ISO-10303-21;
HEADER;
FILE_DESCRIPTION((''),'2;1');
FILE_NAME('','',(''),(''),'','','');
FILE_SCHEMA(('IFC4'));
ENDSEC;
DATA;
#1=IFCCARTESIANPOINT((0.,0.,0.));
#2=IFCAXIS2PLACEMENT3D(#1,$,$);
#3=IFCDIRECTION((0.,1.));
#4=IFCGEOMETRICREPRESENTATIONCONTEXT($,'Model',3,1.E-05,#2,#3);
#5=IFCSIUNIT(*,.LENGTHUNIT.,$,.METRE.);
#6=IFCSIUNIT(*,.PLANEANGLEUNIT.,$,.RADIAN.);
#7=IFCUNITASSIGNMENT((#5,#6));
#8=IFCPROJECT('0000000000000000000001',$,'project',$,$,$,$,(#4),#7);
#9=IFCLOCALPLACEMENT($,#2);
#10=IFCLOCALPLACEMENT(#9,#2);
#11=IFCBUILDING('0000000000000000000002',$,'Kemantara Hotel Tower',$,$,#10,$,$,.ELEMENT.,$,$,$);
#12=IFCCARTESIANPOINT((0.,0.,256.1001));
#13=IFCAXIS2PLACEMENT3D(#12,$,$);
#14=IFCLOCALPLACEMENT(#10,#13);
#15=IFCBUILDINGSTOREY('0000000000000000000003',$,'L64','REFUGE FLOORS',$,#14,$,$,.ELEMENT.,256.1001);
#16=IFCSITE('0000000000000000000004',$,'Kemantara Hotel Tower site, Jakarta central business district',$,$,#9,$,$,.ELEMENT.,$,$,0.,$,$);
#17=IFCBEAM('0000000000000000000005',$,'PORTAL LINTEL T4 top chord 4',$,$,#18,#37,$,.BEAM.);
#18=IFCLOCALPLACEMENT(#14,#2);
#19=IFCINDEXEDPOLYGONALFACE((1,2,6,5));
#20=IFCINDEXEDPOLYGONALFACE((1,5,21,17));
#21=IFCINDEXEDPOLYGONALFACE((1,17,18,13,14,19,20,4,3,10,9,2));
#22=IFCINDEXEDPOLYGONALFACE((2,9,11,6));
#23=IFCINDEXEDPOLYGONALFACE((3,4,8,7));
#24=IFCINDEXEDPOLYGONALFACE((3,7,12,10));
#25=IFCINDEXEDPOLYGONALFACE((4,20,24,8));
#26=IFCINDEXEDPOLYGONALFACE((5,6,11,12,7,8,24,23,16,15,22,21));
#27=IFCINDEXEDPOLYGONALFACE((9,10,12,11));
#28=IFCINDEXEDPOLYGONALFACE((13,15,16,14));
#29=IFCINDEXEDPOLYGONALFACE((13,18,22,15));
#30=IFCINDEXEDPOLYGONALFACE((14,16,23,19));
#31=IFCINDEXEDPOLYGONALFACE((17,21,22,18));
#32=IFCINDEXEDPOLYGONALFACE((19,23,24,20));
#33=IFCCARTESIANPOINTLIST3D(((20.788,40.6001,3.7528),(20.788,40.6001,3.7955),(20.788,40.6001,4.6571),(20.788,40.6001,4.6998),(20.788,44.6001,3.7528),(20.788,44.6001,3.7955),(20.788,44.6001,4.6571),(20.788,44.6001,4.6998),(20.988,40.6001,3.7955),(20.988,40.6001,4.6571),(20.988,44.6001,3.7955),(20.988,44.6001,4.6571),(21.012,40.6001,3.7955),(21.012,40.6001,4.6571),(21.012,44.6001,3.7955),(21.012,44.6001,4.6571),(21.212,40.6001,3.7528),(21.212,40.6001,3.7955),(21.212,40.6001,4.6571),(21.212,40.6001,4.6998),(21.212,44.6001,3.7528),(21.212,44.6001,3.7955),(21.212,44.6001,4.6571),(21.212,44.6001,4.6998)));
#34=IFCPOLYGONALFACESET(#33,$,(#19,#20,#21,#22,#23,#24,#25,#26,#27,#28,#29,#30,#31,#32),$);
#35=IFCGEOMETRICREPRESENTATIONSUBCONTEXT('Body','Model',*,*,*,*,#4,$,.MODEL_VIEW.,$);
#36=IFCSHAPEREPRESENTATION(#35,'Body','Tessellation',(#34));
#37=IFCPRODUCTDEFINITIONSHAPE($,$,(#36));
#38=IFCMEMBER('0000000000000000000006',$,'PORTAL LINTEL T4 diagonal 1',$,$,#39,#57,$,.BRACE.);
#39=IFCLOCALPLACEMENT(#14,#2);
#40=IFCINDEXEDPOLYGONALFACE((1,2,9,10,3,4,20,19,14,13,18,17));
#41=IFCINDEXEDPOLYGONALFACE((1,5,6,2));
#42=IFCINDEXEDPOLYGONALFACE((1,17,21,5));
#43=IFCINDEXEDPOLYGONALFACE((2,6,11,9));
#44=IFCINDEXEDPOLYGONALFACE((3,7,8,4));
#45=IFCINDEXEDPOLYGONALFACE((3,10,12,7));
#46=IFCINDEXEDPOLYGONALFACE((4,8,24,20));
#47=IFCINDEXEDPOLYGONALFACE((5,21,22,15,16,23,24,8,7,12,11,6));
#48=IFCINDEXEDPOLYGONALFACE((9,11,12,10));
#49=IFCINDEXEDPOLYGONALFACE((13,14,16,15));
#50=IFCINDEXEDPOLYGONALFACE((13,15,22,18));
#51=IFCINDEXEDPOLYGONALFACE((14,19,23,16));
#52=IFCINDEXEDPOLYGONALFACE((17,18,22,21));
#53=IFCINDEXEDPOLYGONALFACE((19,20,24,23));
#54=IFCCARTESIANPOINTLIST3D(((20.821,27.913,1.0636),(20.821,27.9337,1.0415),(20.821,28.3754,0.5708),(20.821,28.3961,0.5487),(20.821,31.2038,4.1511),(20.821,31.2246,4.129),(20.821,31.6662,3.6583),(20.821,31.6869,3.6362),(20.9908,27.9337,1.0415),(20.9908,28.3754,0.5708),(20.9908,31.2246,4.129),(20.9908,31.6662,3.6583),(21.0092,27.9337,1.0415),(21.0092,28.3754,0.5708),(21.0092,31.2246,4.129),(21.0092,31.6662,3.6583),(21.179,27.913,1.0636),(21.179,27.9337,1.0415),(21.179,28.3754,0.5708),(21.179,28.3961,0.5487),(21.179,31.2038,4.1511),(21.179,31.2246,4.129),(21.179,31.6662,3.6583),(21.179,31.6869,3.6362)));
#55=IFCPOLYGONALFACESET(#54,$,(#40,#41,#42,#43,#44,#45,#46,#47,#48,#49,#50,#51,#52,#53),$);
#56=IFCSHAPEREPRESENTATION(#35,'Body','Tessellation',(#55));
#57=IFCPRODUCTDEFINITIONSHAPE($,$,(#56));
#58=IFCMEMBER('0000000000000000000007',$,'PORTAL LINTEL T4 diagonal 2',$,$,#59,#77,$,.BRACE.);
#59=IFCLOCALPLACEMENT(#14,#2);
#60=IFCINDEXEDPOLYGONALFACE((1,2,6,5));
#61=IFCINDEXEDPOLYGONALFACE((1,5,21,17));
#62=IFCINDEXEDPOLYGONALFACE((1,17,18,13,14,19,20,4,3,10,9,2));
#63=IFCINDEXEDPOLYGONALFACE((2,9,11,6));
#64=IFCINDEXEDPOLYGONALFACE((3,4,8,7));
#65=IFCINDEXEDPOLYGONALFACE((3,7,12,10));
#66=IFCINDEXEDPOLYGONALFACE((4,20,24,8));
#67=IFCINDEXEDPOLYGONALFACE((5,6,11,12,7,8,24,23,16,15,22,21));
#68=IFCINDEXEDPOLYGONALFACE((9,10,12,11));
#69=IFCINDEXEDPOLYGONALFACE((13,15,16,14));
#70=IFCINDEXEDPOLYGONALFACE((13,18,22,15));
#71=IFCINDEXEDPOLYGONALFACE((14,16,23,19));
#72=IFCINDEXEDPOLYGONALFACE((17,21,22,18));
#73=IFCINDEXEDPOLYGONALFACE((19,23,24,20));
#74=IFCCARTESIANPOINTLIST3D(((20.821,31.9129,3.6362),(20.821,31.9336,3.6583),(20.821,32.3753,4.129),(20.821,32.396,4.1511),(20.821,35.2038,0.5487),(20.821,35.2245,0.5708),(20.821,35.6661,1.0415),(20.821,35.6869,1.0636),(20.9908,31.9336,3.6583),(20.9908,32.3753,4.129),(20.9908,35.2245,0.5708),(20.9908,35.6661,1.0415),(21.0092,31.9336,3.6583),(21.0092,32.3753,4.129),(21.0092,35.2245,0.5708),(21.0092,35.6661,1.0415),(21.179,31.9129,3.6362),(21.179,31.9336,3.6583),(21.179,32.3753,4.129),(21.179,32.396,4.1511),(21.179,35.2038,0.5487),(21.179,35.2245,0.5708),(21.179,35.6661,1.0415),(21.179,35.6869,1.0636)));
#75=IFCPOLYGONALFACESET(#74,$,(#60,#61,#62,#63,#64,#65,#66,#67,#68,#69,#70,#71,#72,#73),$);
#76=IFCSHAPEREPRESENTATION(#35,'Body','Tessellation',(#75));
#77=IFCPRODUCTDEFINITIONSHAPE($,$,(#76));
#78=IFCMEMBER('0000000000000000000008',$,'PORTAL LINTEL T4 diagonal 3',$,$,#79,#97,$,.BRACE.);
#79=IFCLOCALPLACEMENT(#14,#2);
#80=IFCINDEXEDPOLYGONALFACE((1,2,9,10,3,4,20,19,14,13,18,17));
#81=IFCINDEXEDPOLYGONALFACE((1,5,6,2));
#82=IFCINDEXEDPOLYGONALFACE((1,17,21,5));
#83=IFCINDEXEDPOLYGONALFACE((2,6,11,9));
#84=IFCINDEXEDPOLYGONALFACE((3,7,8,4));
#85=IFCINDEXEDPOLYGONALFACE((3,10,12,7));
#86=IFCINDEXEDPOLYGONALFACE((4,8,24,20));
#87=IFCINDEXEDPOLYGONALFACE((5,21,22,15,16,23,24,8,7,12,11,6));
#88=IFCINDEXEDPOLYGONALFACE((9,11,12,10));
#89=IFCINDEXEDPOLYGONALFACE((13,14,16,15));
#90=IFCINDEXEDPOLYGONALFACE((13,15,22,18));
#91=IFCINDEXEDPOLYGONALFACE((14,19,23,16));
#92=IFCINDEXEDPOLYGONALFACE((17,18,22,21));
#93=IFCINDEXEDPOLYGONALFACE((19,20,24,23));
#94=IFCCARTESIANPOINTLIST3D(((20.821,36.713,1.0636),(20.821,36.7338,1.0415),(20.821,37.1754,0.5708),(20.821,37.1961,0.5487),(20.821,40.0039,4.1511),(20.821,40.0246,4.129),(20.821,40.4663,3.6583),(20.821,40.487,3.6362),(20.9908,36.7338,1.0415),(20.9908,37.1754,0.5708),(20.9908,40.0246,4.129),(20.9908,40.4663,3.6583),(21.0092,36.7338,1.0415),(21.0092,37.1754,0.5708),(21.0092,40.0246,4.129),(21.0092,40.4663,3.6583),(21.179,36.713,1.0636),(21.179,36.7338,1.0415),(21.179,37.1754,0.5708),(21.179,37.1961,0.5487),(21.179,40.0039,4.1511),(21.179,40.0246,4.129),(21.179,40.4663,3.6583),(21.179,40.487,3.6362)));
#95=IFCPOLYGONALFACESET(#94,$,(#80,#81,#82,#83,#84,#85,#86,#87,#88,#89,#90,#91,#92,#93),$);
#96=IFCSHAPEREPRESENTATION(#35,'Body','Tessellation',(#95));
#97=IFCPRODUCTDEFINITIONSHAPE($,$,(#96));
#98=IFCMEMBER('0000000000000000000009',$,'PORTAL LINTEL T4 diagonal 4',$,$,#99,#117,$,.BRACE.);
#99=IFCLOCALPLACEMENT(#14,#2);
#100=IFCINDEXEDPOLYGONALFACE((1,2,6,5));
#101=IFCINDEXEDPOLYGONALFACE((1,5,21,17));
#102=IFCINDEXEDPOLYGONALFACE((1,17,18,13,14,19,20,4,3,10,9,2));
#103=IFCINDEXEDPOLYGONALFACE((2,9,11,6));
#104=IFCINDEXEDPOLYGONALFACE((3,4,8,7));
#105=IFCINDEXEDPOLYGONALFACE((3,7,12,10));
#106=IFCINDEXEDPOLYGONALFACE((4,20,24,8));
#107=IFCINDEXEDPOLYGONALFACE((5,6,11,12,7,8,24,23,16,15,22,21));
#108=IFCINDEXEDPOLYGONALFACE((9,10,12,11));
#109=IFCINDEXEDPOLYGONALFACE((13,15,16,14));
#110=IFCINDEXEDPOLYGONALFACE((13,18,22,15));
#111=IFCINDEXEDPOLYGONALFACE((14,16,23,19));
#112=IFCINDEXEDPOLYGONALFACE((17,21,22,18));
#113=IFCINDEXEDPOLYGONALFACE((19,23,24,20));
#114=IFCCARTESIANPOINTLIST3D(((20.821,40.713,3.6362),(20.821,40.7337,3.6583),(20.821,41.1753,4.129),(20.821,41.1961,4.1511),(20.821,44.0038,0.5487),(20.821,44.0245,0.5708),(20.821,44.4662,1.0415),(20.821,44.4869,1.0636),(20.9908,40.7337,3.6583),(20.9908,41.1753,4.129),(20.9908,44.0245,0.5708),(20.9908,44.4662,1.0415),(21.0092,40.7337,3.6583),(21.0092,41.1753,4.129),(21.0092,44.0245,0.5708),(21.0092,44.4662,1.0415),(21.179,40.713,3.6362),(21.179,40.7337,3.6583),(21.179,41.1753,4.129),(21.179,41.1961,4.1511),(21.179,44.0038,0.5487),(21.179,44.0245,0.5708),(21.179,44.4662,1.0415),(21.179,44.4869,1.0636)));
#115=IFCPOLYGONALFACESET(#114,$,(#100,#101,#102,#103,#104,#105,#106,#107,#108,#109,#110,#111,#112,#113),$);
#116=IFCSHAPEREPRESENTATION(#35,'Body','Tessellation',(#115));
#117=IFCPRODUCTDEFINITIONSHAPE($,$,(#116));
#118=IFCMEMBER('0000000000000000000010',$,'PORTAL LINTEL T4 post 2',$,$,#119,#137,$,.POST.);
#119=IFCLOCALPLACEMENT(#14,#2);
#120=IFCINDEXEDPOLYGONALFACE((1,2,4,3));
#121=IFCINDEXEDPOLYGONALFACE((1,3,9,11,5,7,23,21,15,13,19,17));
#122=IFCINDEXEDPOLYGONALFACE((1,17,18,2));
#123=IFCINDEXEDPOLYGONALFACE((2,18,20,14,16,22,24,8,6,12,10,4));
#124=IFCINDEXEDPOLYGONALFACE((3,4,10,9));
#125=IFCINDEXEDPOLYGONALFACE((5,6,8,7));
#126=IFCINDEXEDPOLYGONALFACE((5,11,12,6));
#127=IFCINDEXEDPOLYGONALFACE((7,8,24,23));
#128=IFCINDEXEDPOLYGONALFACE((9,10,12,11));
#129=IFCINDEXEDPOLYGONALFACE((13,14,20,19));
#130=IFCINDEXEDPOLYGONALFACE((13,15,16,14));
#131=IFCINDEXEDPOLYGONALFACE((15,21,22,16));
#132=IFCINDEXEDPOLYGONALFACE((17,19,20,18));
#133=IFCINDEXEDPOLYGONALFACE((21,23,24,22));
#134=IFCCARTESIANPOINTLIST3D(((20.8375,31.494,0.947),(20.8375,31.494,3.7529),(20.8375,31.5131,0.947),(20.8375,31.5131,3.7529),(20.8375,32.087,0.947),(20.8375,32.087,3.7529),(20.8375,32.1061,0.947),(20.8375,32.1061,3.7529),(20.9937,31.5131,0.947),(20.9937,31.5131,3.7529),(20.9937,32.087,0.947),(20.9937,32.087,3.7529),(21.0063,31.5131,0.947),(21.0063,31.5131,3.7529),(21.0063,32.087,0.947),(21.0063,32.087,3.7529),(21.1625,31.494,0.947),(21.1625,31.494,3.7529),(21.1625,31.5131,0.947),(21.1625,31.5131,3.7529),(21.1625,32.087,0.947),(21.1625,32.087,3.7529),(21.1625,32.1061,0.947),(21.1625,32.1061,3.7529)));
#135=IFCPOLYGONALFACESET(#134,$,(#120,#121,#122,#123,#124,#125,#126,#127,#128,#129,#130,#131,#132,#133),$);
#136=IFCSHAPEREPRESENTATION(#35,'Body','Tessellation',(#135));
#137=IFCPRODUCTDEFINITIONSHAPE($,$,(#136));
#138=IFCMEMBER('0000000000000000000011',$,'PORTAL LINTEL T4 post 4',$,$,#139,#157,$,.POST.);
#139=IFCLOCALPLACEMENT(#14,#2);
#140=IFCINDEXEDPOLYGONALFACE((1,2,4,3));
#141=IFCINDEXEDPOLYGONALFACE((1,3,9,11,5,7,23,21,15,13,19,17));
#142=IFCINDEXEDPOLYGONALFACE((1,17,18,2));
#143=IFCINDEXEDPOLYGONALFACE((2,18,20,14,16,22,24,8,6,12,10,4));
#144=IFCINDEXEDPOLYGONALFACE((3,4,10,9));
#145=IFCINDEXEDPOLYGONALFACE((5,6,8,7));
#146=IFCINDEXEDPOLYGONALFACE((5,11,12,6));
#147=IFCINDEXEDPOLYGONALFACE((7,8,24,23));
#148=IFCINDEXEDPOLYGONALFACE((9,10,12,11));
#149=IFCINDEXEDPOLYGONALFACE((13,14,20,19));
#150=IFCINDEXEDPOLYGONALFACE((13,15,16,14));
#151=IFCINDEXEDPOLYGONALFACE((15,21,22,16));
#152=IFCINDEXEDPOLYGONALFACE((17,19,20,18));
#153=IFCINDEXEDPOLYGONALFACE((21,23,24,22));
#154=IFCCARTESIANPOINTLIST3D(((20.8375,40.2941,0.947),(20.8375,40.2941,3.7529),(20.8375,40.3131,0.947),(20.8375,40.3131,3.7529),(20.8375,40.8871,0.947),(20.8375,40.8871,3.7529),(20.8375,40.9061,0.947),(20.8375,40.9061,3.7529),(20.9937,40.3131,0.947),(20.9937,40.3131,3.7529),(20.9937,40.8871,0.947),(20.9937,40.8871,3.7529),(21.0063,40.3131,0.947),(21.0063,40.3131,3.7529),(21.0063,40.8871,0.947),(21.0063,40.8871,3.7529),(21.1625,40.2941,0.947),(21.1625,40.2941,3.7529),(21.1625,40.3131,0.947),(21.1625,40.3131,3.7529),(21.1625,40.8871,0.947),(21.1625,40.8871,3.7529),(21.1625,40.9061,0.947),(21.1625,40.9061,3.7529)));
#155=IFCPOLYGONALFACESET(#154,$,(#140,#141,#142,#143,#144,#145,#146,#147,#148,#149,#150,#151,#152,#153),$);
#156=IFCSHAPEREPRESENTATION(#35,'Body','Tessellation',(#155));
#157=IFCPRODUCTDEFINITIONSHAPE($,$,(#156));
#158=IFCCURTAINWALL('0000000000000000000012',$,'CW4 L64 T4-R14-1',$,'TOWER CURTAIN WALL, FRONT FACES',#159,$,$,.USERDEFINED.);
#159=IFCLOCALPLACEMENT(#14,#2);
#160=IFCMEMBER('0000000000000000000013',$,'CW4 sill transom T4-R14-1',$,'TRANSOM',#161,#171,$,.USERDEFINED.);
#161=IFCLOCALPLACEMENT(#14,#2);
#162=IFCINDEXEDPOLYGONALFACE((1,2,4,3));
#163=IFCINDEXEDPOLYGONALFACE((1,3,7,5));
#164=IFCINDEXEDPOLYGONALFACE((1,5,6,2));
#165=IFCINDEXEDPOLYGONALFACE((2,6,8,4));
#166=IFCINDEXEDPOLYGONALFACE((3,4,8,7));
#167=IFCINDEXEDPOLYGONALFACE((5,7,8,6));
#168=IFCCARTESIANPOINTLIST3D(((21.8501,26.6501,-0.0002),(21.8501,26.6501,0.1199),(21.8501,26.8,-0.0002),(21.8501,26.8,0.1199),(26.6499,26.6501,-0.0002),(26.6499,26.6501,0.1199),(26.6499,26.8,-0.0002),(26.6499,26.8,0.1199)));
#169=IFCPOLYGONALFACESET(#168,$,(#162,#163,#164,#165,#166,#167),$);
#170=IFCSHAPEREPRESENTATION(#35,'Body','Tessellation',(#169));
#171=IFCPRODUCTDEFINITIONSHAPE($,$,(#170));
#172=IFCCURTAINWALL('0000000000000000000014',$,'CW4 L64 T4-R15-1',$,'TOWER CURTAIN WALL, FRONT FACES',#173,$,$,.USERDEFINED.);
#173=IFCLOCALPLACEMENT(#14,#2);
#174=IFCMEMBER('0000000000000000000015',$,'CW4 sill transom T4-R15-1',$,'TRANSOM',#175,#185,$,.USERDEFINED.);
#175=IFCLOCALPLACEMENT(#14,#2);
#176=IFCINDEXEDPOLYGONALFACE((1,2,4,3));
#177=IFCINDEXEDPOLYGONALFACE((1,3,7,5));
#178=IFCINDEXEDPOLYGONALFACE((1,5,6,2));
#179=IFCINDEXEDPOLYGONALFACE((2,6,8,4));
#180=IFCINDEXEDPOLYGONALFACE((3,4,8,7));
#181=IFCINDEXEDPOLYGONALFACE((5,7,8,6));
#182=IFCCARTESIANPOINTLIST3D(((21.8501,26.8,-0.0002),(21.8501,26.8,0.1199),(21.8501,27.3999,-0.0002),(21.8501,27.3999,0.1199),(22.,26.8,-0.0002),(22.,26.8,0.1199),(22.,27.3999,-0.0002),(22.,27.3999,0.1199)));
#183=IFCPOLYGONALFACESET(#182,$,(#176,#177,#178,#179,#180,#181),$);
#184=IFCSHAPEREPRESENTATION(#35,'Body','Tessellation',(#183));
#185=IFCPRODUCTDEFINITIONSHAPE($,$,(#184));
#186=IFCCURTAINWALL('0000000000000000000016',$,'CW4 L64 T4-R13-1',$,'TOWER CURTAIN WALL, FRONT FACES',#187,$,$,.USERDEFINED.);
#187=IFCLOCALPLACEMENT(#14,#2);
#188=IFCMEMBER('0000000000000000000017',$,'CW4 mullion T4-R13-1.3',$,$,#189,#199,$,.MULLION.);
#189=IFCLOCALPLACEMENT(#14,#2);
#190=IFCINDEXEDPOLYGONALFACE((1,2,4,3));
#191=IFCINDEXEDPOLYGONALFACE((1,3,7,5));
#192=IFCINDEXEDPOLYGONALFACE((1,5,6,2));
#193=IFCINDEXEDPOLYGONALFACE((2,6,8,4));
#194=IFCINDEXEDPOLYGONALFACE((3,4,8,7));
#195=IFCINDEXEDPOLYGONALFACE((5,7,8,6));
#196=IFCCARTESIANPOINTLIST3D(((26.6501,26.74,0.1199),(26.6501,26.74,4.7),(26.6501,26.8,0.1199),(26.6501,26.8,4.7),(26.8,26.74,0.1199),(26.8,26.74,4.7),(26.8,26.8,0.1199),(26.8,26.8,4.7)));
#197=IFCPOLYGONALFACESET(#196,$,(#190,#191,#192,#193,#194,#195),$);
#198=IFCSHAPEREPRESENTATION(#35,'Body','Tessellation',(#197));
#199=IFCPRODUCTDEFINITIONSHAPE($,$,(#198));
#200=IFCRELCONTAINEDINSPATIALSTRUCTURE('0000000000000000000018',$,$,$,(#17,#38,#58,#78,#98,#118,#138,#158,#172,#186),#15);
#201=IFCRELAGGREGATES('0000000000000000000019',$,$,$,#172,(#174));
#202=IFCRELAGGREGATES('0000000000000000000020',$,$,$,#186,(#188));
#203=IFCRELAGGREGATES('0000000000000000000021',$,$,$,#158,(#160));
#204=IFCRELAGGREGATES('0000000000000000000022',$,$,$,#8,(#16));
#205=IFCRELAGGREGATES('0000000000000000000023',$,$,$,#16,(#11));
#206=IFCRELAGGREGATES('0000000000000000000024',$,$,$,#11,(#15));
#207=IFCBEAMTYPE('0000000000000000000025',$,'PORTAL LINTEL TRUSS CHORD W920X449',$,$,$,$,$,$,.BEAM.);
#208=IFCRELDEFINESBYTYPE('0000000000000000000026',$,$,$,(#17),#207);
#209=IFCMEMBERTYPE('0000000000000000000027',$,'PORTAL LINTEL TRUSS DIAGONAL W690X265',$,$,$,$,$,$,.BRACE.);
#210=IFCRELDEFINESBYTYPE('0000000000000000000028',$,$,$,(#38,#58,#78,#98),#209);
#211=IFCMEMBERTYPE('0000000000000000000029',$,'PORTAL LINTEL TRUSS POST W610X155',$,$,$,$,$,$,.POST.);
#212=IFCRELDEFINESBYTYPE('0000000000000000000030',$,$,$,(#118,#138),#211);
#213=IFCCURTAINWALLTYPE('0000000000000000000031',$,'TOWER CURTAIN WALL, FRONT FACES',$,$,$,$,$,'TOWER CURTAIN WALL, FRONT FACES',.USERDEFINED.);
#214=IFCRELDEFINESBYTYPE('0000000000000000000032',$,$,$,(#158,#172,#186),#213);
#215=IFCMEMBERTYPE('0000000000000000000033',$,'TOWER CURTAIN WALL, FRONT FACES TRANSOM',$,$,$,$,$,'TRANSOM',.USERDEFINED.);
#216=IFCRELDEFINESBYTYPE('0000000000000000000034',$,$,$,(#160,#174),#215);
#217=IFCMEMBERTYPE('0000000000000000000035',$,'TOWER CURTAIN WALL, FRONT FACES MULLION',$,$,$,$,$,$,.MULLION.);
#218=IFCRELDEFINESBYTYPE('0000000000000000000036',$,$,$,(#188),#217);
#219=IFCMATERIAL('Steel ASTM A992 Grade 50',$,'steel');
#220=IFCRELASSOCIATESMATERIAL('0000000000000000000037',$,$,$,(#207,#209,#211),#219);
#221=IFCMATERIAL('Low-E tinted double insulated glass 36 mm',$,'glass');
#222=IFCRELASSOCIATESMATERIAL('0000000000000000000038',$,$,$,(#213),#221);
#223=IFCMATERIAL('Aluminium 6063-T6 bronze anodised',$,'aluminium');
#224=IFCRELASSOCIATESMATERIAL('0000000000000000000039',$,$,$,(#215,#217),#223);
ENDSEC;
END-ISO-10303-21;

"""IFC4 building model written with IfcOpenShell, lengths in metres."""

from ifc_helpers import new_model, si_unit, direction, frame, origin, origin_2d, place, context, subcontext, project, spatial, rectangle, i_section, extrude, source, transform, mapped, material, material_profile, profile_set, type_object, element, aggregate, save


model = new_model("IFC4")

# Units and contexts
model_context = context("Model", 3, precision=1e-05, world=origin(), true_north=direction((0.0, 1.0)))
body_context = subcontext(model_context, "Body", "Model", "MODEL_VIEW")
ifc_project = project(units=[si_unit("LENGTHUNIT", "METRE"), si_unit("PLANEANGLEUNIT", "RADIAN")], contexts=[model_context])

# Site, building, storey
site_placement = place(None, origin())
site = spatial("IfcSite", under=ifc_project, at=site_placement, Name="Kemantara Hotel Tower site, Jakarta central business district", CompositionType="ELEMENT", RefElevation=0.0)
building_placement = place(site_placement, origin())
building = spatial("IfcBuilding", under=site, at=building_placement, Name="Kemantara Hotel Tower", CompositionType="ELEMENT")
storey_placement = place(building_placement, frame((0.0, 0.0, 256.1001)))
storey = spatial("IfcBuildingStorey", under=building, at=storey_placement, Name="L64", Description="REFUGE FLOORS", CompositionType="ELEMENT", Elevation=256.1001)

# Beam
ifc_material_1 = material(Name="Steel ASTM A992 Grade 50", Category="steel")
ifc_material_profile_1 = material_profile(ifc_material_1, i_section(OverallWidth=0.4241, OverallDepth=0.947, WebThickness=0.0239, FlangeThickness=0.0427, at=origin_2d()), Name="W920X449")
ifc_profile_set_1 = profile_set([ifc_material_profile_1], Name="Steel ASTM A992 Grade 50")
beam_type = type_object("IfcBeamType", Name="PORTAL LINTEL TRUSS CHORD W920X449", PredefinedType="BEAM", material=ifc_profile_set_1)
for number, where, z_axis, x_axis, name in (
    (1, (21.0, 40.6001, 4.2263), (0.0, 1.0, 0.0), (-1.0, 0.0, 0.0), "PORTAL LINTEL T4 top chord 4"),
):
    element("IfcBeam", number, at=place(storey_placement, frame(where, z_axis=z_axis, x_axis=x_axis)), inside=storey, type_object=beam_type, Name=name, PredefinedType="BEAM", context=body_context, shape_type="SweptSolid", body=[
        extrude(i_section(OverallWidth=0.4241, OverallDepth=0.947, WebThickness=0.0239, FlangeThickness=0.0427, at=origin_2d()), origin(), (0.0, 0.0, 1.0), 4.0),
    ])

# Members
ifc_material_profile_2 = material_profile(ifc_material_1, i_section(OverallWidth=0.3579, OverallDepth=0.7061, WebThickness=0.0183, FlangeThickness=0.0303, at=origin_2d()), Name="W690X265")
ifc_profile_set_2 = profile_set([ifc_material_profile_2], Name="Steel ASTM A992 Grade 50")
member_type_1 = type_object("IfcMemberType", Name="PORTAL LINTEL TRUSS DIAGONAL W690X265", PredefinedType="BRACE", material=ifc_profile_set_2)
for number, where, z_axis, x_axis, name in (
    (2, (21.0, 28.1545, 0.8062), (0.0, 0.729282, 0.684213), (-1.0, 0.0, 0.0), "PORTAL LINTEL T4 diagonal 1"),
    (3, (21.0, 35.4453, 0.8062), (0.0, -0.729282, 0.684213), (1.0, 0.0, 0.0), "PORTAL LINTEL T4 diagonal 2"),
    (4, (21.0, 36.9546, 0.8062), (0.0, 0.729282, 0.684213), (-1.0, 0.0, 0.0), "PORTAL LINTEL T4 diagonal 3"),
    (5, (21.0, 44.2454, 0.8062), (0.0, -0.729282, 0.684213), (1.0, 0.0, 0.0), "PORTAL LINTEL T4 diagonal 4"),
):
    element("IfcMember", number, at=place(storey_placement, frame(where, z_axis=z_axis, x_axis=x_axis)), inside=storey, type_object=member_type_1, Name=name, PredefinedType="BRACE", context=body_context, shape_type="SweptSolid", body=[
        extrude(i_section(OverallWidth=0.3579, OverallDepth=0.7061, WebThickness=0.0183, FlangeThickness=0.0303, at=origin_2d()), origin(), (0.0, 0.0, 1.0), 4.5125),
    ])
ifc_material_profile_3 = material_profile(ifc_material_1, i_section(OverallWidth=0.325, OverallDepth=0.6121, WebThickness=0.0127, FlangeThickness=0.019, at=origin_2d()), Name="W610X155")
ifc_profile_set_3 = profile_set([ifc_material_profile_3], Name="Steel ASTM A992 Grade 50")
member_type_2 = type_object("IfcMemberType", Name="PORTAL LINTEL TRUSS POST W610X155", PredefinedType="POST", material=ifc_profile_set_3)
for number, where, z_axis, x_axis, name in (
    (6, (21.0, 31.8, 0.947), (0.0, 0.0, 1.0), (1.0, 0.0, 0.0), "PORTAL LINTEL T4 post 2"),
    (7, (21.0, 40.6001, 0.947), (0.0, 0.0, 1.0), (1.0, 0.0, 0.0), "PORTAL LINTEL T4 post 4"),
):
    element("IfcMember", number, at=place(storey_placement, frame(where, z_axis=z_axis, x_axis=x_axis)), inside=storey, type_object=member_type_2, Name=name, PredefinedType="POST", context=body_context, shape_type="SweptSolid", body=[
        extrude(i_section(OverallWidth=0.325, OverallDepth=0.6121, WebThickness=0.0127, FlangeThickness=0.019, at=origin_2d()), origin(), (0.0, 0.0, 1.0), 2.8059),
    ])

# Curtain walls, members
ifc_material_2 = material(Name="Low-E tinted double insulated glass 36 mm", Category="glass")
curtain_wall_type = type_object("IfcCurtainWallType", Name="TOWER CURTAIN WALL, FRONT FACES", ElementType="TOWER CURTAIN WALL, FRONT FACES", PredefinedType="USERDEFINED", material=ifc_material_2)
curtain_wall_1_placement = place(storey_placement, origin())
curtain_wall_1 = element("IfcCurtainWall", 8, at=curtain_wall_1_placement, inside=storey, type_object=curtain_wall_type, Name="CW4 L64 T4-R14-1", ObjectType="TOWER CURTAIN WALL, FRONT FACES", PredefinedType="USERDEFINED")
ifc_material_3 = material(Name="Aluminium 6063-T6 bronze anodised", Category="aluminium")
ifc_material_profile_4 = material_profile(ifc_material_3, rectangle(XDim=0.1499, YDim=0.1201, at=origin_2d()), Name="TOWER CURTAIN WALL, FRONT FACES TRANSOM")
ifc_profile_set_4 = profile_set([ifc_material_profile_4], Name="Aluminium 6063-T6 bronze anodised")
member_type_3 = type_object("IfcMemberType", Name="TOWER CURTAIN WALL, FRONT FACES TRANSOM", ElementType="TRANSOM", PredefinedType="USERDEFINED", material=ifc_profile_set_4)
member_1_placement = place(storey_placement, frame((26.6499, 26.7251, 0.0598), z_axis=(-1.0, 0.0, 0.0), x_axis=(0.0, -1.0, 0.0)))
member_1 = element("IfcMember", 9, at=member_1_placement, type_object=member_type_3, Name="CW4 sill transom T4-R14-1", ObjectType="TRANSOM", PredefinedType="USERDEFINED", context=body_context, shape_type="SweptSolid", body=[
    extrude(rectangle(XDim=0.1499, YDim=0.1201, at=origin_2d()), origin(), (0.0, 0.0, 1.0), 4.7998),
])
curtain_wall_2_placement = place(storey_placement, origin())
curtain_wall_2 = element("IfcCurtainWall", 10, at=curtain_wall_2_placement, inside=storey, type_object=curtain_wall_type, Name="CW4 L64 T4-R15-1", ObjectType="TOWER CURTAIN WALL, FRONT FACES", PredefinedType="USERDEFINED")
member_2_placement = place(storey_placement, frame((21.925, 26.8, 0.0598), z_axis=(0.0, 1.0, 0.0), x_axis=(-1.0, 0.0, 0.0)))
member_2 = element("IfcMember", 11, at=member_2_placement, type_object=member_type_3, Name="CW4 sill transom T4-R15-1", ObjectType="TRANSOM", PredefinedType="USERDEFINED", context=body_context, shape_type="SweptSolid", body=[
    extrude(rectangle(XDim=0.1499, YDim=0.1201, at=origin_2d()), origin(), (0.0, 0.0, 1.0), 0.5999),
])
curtain_wall_3_placement = place(storey_placement, origin())
curtain_wall_3 = element("IfcCurtainWall", 12, at=curtain_wall_3_placement, inside=storey, type_object=curtain_wall_type, Name="CW4 L64 T4-R13-1", ObjectType="TOWER CURTAIN WALL, FRONT FACES", PredefinedType="USERDEFINED")
ifc_material_profile_5 = material_profile(ifc_material_3, rectangle(XDim=0.1499, YDim=0.0601, at=origin_2d()), Name="TOWER CURTAIN WALL, FRONT FACES MULLION")
ifc_profile_set_5 = profile_set([ifc_material_profile_5], Name="Aluminium 6063-T6 bronze anodised")
member_type_4 = type_object("IfcMemberType", Name="TOWER CURTAIN WALL, FRONT FACES MULLION", PredefinedType="MULLION", material=ifc_profile_set_5)
shared_shape_1 = source(origin(), body_context, "Body", "SweptSolid", [
    extrude(rectangle(XDim=0.1499, YDim=0.0601, at=origin_2d()), origin(), (0.0, 0.0, 1.0), 4.5801),
])
member_3_placement = place(storey_placement, frame((26.7251, 26.77, 0.1199), z_axis=(0.0, 0.0, 1.0), x_axis=(-1.0, 0.0, 0.0)))
member_3 = element("IfcMember", 13, at=member_3_placement, type_object=member_type_4, Name="CW4 mullion T4-R13-1.3", PredefinedType="MULLION", context=body_context, shape_type="MappedRepresentation", body=[
    mapped(shared_shape_1, transform((0.0, 0.0, 0.0))),
])

aggregate(curtain_wall_2, [member_2])
aggregate(curtain_wall_3, [member_3])
aggregate(curtain_wall_1, [member_1])

save(model, "model.ifc")
